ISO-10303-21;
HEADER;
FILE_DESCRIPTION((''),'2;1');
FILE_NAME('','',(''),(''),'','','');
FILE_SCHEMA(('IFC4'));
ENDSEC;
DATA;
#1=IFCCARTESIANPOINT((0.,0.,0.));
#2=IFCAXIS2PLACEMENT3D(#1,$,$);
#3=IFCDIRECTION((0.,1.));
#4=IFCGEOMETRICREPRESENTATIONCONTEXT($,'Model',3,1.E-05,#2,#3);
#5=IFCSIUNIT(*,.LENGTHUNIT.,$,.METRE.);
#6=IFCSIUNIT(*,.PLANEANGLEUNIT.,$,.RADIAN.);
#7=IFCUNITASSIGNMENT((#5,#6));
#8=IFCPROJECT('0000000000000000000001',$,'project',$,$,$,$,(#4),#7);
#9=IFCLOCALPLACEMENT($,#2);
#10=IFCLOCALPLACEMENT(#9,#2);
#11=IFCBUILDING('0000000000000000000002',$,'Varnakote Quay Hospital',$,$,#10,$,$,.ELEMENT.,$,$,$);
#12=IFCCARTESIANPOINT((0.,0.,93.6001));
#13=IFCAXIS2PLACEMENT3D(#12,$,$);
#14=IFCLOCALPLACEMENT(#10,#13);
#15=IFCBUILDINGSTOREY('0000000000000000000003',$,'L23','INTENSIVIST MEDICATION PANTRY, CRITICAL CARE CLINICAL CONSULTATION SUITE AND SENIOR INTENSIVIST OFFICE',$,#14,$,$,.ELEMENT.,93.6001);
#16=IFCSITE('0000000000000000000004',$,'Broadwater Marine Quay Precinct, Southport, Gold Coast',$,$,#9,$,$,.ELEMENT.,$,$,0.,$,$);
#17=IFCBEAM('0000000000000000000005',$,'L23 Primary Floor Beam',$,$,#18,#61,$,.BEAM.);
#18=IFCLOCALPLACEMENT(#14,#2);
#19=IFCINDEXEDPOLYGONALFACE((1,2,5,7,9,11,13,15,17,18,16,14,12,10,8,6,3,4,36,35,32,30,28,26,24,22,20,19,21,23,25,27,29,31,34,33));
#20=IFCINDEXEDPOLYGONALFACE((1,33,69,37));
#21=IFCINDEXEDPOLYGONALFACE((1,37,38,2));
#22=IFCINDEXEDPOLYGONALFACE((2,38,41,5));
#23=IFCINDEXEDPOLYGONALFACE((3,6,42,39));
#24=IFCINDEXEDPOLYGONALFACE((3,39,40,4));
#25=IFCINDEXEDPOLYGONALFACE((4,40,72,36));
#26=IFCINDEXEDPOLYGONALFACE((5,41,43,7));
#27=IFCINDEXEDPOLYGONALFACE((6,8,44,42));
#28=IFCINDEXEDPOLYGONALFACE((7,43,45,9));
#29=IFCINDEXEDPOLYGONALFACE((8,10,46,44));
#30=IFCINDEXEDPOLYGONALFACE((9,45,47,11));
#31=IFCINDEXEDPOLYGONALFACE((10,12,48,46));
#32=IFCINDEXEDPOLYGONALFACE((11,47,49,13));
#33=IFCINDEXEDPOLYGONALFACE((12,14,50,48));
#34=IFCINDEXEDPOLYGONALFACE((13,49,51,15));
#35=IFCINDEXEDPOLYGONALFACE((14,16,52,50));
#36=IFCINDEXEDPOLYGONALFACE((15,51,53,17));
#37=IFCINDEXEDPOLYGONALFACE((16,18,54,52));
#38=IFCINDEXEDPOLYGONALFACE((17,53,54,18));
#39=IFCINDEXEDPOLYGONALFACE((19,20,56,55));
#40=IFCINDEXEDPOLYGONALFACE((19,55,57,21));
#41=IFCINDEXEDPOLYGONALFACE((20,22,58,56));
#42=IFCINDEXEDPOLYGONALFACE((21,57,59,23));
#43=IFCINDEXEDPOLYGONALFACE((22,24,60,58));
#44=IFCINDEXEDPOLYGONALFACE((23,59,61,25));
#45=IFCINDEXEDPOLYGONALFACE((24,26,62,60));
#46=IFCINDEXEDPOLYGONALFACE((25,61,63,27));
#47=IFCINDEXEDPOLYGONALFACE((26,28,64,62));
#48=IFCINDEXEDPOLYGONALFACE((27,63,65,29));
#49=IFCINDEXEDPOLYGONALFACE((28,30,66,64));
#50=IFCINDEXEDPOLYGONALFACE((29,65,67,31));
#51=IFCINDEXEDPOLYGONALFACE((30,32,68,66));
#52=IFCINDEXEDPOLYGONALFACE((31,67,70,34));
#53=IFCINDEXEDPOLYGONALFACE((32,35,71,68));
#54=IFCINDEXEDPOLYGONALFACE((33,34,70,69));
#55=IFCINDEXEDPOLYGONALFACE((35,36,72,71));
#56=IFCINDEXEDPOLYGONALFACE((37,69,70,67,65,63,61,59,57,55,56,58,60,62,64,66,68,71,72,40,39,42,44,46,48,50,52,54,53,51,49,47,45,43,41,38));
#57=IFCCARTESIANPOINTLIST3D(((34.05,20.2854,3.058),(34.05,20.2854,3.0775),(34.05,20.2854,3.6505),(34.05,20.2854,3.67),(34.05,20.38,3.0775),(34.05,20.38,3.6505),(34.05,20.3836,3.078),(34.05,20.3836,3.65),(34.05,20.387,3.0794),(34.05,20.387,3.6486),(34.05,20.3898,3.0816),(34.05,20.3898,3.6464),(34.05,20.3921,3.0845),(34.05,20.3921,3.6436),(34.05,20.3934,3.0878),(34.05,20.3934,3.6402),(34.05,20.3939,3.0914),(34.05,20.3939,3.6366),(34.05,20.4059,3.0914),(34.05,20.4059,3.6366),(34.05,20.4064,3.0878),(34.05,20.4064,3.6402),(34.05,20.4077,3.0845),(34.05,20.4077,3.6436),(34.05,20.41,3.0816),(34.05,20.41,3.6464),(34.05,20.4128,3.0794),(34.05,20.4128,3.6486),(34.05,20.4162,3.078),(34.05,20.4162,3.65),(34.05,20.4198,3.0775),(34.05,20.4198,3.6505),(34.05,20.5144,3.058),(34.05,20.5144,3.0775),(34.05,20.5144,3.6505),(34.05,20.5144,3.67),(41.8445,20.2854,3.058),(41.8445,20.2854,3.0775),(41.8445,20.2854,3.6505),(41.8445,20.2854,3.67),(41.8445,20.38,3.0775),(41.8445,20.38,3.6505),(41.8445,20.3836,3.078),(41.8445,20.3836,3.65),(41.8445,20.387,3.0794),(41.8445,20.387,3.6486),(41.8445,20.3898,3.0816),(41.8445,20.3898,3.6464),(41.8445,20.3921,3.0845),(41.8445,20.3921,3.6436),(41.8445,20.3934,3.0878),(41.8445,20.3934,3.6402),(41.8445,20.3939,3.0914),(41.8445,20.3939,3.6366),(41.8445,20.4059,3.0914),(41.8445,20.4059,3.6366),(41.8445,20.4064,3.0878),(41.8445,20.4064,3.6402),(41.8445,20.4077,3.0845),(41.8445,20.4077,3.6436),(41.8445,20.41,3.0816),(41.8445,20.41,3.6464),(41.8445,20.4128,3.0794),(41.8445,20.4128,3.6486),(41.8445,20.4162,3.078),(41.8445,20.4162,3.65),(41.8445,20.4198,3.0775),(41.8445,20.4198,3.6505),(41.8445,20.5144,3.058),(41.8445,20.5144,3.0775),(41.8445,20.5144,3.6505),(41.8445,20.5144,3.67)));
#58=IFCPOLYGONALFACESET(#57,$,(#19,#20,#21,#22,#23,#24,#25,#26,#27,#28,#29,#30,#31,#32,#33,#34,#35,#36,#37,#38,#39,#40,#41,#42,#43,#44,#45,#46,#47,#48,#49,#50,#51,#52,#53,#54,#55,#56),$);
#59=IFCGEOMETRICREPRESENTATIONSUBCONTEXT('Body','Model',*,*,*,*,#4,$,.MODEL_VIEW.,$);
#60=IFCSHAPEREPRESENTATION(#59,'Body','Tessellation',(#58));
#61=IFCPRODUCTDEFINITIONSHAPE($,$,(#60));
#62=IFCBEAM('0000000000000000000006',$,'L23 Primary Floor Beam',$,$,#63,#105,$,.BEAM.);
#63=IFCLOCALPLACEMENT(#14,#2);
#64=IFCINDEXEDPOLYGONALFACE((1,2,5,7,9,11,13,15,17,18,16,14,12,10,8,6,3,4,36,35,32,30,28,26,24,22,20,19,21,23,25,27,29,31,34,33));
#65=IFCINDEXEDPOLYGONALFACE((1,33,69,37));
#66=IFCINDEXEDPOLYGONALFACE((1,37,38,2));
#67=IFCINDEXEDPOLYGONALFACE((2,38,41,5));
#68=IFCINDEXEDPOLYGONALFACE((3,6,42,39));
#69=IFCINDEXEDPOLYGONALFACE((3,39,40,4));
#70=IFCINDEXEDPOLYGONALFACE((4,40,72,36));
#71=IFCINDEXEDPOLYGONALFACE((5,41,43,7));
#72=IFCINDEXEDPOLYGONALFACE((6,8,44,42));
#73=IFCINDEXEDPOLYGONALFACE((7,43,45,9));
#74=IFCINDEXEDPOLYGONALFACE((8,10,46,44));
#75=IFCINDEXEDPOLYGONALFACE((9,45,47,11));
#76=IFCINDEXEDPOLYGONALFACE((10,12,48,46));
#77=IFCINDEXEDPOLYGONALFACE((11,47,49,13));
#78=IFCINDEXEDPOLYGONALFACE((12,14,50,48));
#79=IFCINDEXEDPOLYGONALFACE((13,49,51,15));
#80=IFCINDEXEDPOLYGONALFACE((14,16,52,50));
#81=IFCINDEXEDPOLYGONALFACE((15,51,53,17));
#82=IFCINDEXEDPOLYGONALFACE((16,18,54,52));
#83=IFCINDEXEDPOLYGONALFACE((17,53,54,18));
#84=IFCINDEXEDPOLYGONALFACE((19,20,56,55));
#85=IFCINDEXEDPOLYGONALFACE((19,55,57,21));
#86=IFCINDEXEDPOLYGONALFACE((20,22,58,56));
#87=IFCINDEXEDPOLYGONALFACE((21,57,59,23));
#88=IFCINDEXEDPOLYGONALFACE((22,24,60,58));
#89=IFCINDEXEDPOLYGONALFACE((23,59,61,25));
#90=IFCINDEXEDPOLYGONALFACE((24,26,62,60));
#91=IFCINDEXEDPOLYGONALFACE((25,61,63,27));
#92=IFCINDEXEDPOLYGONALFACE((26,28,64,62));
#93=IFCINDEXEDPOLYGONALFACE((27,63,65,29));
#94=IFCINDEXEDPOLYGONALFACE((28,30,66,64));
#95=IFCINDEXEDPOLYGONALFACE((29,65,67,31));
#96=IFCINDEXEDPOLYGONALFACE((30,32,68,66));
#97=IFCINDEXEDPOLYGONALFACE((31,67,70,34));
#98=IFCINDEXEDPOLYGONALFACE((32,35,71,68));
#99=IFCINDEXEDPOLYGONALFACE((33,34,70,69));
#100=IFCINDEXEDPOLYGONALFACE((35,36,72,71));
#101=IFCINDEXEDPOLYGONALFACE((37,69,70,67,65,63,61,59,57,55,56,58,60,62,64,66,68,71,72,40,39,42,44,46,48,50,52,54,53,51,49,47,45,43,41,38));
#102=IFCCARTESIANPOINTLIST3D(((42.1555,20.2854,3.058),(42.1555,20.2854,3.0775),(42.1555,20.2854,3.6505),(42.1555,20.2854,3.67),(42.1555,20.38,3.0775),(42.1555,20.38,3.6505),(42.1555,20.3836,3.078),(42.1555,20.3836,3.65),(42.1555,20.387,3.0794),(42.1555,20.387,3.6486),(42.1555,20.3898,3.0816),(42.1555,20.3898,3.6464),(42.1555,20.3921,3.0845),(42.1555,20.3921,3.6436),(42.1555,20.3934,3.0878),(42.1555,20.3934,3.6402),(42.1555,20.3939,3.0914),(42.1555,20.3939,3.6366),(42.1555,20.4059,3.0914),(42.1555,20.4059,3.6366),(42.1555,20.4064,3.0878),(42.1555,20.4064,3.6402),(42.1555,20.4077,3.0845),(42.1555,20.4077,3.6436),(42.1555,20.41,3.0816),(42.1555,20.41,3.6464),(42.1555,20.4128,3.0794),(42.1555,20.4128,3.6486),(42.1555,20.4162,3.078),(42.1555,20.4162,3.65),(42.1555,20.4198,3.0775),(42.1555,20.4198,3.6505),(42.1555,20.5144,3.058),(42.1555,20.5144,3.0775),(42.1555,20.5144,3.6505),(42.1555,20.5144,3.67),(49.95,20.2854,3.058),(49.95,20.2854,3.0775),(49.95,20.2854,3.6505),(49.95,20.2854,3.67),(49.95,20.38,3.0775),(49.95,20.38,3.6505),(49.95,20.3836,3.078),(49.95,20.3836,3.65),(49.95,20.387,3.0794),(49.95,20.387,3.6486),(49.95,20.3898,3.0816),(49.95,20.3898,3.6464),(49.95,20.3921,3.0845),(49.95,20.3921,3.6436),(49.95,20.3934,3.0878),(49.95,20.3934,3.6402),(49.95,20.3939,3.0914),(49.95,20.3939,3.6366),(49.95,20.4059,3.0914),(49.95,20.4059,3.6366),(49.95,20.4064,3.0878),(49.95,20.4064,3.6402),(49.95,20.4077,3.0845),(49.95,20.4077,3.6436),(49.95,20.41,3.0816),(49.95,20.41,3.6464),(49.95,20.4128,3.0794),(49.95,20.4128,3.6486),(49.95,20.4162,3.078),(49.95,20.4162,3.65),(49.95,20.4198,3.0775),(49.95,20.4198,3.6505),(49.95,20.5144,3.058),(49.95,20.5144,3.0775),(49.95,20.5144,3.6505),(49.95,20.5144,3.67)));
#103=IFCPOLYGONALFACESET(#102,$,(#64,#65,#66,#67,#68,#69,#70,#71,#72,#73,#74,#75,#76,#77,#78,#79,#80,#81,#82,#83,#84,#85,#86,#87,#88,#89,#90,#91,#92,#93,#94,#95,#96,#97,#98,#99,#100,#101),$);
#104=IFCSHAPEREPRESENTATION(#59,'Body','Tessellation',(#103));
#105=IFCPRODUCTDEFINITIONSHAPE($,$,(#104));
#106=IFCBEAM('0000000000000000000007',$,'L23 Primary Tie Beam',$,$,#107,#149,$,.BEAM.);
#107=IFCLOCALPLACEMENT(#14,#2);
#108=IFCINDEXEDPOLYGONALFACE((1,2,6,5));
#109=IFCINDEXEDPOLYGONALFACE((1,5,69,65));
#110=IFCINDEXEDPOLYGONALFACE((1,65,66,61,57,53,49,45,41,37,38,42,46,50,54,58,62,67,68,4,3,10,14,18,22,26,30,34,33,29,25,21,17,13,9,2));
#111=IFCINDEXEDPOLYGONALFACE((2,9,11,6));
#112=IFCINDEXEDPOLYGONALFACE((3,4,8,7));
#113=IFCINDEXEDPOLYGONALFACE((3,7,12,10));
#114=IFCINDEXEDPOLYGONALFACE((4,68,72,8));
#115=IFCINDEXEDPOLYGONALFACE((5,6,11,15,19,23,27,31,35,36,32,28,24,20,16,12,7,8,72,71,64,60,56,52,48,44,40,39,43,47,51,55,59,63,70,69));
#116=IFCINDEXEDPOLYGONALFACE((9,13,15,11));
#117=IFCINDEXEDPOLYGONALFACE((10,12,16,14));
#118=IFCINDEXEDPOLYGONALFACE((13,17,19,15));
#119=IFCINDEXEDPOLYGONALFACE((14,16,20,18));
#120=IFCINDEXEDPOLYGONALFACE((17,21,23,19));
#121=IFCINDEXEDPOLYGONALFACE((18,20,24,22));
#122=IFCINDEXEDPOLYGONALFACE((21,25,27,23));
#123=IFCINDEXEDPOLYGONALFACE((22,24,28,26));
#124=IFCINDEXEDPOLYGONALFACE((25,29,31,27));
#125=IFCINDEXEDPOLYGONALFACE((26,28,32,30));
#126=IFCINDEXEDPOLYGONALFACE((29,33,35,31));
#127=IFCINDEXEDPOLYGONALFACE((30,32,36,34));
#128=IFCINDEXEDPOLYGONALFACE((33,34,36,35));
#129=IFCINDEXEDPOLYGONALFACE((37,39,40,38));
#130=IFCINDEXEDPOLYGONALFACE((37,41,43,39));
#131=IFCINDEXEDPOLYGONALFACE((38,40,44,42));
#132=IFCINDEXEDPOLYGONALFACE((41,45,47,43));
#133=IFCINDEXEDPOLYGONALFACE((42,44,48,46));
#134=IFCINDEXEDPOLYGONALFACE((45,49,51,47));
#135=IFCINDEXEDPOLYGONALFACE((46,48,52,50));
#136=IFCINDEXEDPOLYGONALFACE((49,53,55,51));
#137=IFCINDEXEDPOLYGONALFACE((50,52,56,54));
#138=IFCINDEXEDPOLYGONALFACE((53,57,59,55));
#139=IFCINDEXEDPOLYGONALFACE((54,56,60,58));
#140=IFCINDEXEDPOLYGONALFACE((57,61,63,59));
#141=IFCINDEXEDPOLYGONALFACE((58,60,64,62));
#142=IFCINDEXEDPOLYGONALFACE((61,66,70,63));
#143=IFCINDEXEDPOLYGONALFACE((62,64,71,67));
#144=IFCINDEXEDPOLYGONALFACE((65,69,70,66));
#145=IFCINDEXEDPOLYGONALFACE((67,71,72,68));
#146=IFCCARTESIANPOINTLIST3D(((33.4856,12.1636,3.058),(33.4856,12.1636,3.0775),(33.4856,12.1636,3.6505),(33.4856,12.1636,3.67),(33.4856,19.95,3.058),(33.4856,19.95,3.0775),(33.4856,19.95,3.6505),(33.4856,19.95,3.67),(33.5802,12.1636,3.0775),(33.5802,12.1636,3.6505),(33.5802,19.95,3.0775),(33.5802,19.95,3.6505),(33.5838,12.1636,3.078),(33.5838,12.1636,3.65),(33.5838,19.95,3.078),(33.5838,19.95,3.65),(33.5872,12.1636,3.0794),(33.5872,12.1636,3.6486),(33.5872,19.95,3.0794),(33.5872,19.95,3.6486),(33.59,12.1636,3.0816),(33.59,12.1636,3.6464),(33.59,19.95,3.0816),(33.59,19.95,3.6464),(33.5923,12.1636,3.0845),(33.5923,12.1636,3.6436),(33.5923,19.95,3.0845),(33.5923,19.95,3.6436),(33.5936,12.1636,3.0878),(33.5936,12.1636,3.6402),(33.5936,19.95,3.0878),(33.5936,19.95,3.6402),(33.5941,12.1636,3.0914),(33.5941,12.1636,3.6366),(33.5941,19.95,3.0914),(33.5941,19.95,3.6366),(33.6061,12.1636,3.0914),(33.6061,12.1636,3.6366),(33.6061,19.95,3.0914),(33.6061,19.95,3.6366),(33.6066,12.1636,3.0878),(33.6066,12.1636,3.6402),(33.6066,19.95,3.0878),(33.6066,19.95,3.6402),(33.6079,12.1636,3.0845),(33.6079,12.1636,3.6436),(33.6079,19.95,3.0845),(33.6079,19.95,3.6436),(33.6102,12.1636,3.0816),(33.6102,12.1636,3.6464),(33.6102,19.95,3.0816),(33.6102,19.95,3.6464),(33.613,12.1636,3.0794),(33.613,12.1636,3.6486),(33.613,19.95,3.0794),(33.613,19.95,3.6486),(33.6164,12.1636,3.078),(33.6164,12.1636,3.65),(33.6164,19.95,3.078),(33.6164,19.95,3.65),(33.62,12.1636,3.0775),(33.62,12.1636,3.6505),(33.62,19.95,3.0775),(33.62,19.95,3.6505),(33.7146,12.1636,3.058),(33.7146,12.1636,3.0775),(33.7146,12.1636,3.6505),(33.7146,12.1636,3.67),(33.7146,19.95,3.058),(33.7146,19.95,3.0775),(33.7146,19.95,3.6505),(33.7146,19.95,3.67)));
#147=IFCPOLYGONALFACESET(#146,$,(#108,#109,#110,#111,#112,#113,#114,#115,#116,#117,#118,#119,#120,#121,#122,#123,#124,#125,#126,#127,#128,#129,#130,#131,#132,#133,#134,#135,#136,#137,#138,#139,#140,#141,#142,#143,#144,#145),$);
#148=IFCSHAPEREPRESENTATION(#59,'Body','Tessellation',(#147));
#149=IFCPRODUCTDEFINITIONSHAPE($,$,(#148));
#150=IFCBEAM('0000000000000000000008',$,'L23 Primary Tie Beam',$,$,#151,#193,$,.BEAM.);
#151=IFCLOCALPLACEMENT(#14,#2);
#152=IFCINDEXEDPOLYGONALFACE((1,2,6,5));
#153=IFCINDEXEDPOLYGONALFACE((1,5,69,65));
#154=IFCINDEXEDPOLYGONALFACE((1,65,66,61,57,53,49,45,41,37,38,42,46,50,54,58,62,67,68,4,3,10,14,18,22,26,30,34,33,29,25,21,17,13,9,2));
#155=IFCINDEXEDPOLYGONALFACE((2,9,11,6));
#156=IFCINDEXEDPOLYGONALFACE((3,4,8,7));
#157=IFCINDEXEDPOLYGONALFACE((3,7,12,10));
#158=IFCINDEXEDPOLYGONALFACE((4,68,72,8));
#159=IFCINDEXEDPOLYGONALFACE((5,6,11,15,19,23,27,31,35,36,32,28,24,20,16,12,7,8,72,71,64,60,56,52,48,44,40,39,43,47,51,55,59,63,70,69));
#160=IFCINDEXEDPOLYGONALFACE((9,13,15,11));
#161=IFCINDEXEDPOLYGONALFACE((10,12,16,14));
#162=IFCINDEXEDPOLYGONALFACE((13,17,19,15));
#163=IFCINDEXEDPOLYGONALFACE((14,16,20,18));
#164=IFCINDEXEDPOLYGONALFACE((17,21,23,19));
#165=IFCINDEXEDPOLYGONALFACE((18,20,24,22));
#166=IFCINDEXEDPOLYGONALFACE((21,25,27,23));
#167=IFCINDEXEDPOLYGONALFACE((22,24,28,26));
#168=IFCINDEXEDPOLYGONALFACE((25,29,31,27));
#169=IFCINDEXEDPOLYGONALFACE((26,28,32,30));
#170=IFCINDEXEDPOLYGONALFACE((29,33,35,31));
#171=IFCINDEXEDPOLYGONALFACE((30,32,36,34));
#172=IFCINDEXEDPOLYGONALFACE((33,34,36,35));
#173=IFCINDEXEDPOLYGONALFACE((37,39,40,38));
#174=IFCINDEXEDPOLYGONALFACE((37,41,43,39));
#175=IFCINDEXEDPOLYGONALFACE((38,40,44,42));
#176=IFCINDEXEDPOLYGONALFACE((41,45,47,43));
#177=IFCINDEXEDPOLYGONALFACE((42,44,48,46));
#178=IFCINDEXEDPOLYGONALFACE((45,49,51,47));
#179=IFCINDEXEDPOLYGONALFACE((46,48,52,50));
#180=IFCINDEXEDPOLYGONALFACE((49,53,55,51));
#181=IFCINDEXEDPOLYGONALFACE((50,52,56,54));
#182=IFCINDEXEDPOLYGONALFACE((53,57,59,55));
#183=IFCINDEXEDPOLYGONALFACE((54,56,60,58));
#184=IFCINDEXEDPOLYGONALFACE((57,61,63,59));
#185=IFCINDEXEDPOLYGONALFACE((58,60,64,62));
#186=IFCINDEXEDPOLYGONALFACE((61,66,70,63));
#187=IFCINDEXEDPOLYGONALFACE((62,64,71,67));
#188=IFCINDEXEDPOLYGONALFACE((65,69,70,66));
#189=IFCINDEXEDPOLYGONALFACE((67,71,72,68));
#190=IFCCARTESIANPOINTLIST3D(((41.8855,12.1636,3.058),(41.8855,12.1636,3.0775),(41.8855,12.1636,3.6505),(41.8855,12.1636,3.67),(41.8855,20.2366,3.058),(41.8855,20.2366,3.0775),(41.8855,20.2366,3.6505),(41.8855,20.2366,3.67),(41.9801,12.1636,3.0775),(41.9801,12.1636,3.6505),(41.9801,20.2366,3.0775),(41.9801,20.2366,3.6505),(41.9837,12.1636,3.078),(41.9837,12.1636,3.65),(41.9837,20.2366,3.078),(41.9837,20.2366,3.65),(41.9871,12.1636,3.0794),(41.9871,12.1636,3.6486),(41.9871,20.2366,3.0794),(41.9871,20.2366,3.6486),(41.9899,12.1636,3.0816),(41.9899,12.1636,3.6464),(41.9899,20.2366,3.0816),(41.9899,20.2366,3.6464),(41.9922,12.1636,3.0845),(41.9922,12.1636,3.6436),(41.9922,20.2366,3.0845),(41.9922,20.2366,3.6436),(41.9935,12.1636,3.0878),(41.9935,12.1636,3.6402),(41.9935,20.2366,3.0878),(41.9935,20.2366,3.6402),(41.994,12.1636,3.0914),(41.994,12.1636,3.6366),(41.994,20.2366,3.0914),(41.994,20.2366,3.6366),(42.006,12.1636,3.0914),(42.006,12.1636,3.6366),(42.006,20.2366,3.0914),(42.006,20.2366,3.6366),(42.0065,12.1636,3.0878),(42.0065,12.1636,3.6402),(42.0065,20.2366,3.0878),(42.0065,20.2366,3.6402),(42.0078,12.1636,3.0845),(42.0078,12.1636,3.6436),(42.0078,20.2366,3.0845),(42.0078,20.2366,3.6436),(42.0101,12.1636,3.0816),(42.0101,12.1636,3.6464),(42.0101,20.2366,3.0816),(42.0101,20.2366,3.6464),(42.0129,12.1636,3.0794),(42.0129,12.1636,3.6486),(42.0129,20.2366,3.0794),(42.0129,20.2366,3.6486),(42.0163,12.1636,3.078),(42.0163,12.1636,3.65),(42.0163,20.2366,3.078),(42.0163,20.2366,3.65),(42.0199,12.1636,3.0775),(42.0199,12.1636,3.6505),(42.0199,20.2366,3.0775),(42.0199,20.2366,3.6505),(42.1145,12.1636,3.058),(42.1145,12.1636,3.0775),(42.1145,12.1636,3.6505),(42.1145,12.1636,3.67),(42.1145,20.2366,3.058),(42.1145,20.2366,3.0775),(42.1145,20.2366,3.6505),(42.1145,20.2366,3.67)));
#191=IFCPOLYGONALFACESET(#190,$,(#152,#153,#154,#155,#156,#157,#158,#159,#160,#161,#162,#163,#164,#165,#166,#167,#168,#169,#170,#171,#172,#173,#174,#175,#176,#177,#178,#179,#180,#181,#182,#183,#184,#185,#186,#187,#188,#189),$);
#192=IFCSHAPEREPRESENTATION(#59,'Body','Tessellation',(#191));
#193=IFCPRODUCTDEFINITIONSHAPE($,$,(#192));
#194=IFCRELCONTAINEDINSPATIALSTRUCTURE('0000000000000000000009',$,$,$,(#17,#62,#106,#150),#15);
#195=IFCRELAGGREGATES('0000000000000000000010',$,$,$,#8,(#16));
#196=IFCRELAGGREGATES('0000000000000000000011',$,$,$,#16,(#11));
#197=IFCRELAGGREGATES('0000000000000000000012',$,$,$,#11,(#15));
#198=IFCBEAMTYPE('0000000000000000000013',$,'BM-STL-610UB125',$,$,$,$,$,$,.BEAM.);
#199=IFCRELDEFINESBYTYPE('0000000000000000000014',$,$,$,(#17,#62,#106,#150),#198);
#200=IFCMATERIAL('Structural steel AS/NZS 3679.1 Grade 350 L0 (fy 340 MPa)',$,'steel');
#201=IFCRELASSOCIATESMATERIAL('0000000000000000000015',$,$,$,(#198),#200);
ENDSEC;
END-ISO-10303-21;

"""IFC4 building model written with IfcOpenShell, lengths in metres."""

from ifc_helpers import new_model, si_unit, direction, frame, origin, origin_2d, place, context, subcontext, project, spatial, i_section, extrude, material, material_profile, profile_set, type_object, element, save


model = new_model("IFC4")

# Units and contexts
model_context = context("Model", 3, precision=1e-05, world=origin(), true_north=direction((0.0, 1.0)))
body_context = subcontext(model_context, "Body", "Model", "MODEL_VIEW")
ifc_project = project(units=[si_unit("LENGTHUNIT", "METRE"), si_unit("PLANEANGLEUNIT", "RADIAN")], contexts=[model_context])

# Site, building, storey
site_placement = place(None, origin())
site = spatial("IfcSite", under=ifc_project, at=site_placement, Name="Broadwater Marine Quay Precinct, Southport, Gold Coast", CompositionType="ELEMENT", RefElevation=0.0)
building_placement = place(site_placement, origin())
building = spatial("IfcBuilding", under=site, at=building_placement, Name="Varnakote Quay Hospital", CompositionType="ELEMENT")
storey_placement = place(building_placement, frame((0.0, 0.0, 93.6001)))
storey = spatial("IfcBuildingStorey", under=building, at=storey_placement, Name="L23", Description="INTENSIVIST MEDICATION PANTRY, CRITICAL CARE CLINICAL CONSULTATION SUITE AND SENIOR INTENSIVIST OFFICE", CompositionType="ELEMENT", Elevation=93.6001)

# Beams
ifc_material_1 = material(Name="Structural steel AS/NZS 3679.1 Grade 350 L0 (fy 340 MPa)", Category="steel")
ifc_material_profile_1 = material_profile(ifc_material_1, i_section(OverallWidth=0.229, OverallDepth=0.6121, WebThickness=0.012, FlangeThickness=0.0195, FilletRadius=0.0139, at=origin_2d()), Name="610UB125")
ifc_profile_set_1 = profile_set([ifc_material_profile_1], Name="Structural steel AS/NZS 3679.1 Grade 350 L0 (fy 340 MPa)")
beam_type_1 = type_object("IfcBeamType", Name="BM-STL-610UB125", PredefinedType="BEAM", material=ifc_profile_set_1)
for number, where, z_axis, x_axis, name in (
    (1, (34.05, 20.3999, 3.364), (1.0, 0.0, 0.0), (0.0, 1.0, 0.0), "L23 Primary Floor Beam"),
    (2, (42.1555, 20.3999, 3.364), (1.0, 0.0, 0.0), (0.0, 1.0, 0.0), "L23 Primary Floor Beam"),
):
    element("IfcBeam", number, at=place(storey_placement, frame(where, z_axis=z_axis, x_axis=x_axis)), inside=storey, type_object=beam_type_1, Name=name, PredefinedType="BEAM", context=body_context, shape_type="SweptSolid", body=[
        extrude(i_section(OverallWidth=0.229, OverallDepth=0.6121, WebThickness=0.012, FlangeThickness=0.0195, FilletRadius=0.0139, at=origin_2d()), origin(), (0.0, 0.0, 1.0), 7.7944),
    ])
beam_1_placement = place(storey_placement, frame((33.6001, 12.1636, 3.364), z_axis=(0.0, 1.0, 0.0), x_axis=(-1.0, 0.0, 0.0)))
element("IfcBeam", 3, at=beam_1_placement, inside=storey, type_object=beam_type_1, Name="L23 Primary Tie Beam", PredefinedType="BEAM", context=body_context, shape_type="SweptSolid", body=[
    extrude(i_section(OverallWidth=0.229, OverallDepth=0.6121, WebThickness=0.012, FlangeThickness=0.0195, FilletRadius=0.0139, at=origin_2d()), origin(), (0.0, 0.0, 1.0), 7.7864),
])
for number, where, z_axis, x_axis, name in (
    (4, (42.0, 12.1636, 3.364), (0.0, 1.0, 0.0), (-1.0, 0.0, 0.0), "L23 Primary Tie Beam"),
):
    element("IfcBeam", number, at=place(storey_placement, frame(where, z_axis=z_axis, x_axis=x_axis)), inside=storey, type_object=beam_type_1, Name=name, PredefinedType="BEAM", context=body_context, shape_type="SweptSolid", body=[
        extrude(i_section(OverallWidth=0.229, OverallDepth=0.6121, WebThickness=0.012, FlangeThickness=0.0195, FilletRadius=0.0139, at=origin_2d()), origin(), (0.0, 0.0, 1.0), 8.073),
    ])

save(model, "model.ifc")
